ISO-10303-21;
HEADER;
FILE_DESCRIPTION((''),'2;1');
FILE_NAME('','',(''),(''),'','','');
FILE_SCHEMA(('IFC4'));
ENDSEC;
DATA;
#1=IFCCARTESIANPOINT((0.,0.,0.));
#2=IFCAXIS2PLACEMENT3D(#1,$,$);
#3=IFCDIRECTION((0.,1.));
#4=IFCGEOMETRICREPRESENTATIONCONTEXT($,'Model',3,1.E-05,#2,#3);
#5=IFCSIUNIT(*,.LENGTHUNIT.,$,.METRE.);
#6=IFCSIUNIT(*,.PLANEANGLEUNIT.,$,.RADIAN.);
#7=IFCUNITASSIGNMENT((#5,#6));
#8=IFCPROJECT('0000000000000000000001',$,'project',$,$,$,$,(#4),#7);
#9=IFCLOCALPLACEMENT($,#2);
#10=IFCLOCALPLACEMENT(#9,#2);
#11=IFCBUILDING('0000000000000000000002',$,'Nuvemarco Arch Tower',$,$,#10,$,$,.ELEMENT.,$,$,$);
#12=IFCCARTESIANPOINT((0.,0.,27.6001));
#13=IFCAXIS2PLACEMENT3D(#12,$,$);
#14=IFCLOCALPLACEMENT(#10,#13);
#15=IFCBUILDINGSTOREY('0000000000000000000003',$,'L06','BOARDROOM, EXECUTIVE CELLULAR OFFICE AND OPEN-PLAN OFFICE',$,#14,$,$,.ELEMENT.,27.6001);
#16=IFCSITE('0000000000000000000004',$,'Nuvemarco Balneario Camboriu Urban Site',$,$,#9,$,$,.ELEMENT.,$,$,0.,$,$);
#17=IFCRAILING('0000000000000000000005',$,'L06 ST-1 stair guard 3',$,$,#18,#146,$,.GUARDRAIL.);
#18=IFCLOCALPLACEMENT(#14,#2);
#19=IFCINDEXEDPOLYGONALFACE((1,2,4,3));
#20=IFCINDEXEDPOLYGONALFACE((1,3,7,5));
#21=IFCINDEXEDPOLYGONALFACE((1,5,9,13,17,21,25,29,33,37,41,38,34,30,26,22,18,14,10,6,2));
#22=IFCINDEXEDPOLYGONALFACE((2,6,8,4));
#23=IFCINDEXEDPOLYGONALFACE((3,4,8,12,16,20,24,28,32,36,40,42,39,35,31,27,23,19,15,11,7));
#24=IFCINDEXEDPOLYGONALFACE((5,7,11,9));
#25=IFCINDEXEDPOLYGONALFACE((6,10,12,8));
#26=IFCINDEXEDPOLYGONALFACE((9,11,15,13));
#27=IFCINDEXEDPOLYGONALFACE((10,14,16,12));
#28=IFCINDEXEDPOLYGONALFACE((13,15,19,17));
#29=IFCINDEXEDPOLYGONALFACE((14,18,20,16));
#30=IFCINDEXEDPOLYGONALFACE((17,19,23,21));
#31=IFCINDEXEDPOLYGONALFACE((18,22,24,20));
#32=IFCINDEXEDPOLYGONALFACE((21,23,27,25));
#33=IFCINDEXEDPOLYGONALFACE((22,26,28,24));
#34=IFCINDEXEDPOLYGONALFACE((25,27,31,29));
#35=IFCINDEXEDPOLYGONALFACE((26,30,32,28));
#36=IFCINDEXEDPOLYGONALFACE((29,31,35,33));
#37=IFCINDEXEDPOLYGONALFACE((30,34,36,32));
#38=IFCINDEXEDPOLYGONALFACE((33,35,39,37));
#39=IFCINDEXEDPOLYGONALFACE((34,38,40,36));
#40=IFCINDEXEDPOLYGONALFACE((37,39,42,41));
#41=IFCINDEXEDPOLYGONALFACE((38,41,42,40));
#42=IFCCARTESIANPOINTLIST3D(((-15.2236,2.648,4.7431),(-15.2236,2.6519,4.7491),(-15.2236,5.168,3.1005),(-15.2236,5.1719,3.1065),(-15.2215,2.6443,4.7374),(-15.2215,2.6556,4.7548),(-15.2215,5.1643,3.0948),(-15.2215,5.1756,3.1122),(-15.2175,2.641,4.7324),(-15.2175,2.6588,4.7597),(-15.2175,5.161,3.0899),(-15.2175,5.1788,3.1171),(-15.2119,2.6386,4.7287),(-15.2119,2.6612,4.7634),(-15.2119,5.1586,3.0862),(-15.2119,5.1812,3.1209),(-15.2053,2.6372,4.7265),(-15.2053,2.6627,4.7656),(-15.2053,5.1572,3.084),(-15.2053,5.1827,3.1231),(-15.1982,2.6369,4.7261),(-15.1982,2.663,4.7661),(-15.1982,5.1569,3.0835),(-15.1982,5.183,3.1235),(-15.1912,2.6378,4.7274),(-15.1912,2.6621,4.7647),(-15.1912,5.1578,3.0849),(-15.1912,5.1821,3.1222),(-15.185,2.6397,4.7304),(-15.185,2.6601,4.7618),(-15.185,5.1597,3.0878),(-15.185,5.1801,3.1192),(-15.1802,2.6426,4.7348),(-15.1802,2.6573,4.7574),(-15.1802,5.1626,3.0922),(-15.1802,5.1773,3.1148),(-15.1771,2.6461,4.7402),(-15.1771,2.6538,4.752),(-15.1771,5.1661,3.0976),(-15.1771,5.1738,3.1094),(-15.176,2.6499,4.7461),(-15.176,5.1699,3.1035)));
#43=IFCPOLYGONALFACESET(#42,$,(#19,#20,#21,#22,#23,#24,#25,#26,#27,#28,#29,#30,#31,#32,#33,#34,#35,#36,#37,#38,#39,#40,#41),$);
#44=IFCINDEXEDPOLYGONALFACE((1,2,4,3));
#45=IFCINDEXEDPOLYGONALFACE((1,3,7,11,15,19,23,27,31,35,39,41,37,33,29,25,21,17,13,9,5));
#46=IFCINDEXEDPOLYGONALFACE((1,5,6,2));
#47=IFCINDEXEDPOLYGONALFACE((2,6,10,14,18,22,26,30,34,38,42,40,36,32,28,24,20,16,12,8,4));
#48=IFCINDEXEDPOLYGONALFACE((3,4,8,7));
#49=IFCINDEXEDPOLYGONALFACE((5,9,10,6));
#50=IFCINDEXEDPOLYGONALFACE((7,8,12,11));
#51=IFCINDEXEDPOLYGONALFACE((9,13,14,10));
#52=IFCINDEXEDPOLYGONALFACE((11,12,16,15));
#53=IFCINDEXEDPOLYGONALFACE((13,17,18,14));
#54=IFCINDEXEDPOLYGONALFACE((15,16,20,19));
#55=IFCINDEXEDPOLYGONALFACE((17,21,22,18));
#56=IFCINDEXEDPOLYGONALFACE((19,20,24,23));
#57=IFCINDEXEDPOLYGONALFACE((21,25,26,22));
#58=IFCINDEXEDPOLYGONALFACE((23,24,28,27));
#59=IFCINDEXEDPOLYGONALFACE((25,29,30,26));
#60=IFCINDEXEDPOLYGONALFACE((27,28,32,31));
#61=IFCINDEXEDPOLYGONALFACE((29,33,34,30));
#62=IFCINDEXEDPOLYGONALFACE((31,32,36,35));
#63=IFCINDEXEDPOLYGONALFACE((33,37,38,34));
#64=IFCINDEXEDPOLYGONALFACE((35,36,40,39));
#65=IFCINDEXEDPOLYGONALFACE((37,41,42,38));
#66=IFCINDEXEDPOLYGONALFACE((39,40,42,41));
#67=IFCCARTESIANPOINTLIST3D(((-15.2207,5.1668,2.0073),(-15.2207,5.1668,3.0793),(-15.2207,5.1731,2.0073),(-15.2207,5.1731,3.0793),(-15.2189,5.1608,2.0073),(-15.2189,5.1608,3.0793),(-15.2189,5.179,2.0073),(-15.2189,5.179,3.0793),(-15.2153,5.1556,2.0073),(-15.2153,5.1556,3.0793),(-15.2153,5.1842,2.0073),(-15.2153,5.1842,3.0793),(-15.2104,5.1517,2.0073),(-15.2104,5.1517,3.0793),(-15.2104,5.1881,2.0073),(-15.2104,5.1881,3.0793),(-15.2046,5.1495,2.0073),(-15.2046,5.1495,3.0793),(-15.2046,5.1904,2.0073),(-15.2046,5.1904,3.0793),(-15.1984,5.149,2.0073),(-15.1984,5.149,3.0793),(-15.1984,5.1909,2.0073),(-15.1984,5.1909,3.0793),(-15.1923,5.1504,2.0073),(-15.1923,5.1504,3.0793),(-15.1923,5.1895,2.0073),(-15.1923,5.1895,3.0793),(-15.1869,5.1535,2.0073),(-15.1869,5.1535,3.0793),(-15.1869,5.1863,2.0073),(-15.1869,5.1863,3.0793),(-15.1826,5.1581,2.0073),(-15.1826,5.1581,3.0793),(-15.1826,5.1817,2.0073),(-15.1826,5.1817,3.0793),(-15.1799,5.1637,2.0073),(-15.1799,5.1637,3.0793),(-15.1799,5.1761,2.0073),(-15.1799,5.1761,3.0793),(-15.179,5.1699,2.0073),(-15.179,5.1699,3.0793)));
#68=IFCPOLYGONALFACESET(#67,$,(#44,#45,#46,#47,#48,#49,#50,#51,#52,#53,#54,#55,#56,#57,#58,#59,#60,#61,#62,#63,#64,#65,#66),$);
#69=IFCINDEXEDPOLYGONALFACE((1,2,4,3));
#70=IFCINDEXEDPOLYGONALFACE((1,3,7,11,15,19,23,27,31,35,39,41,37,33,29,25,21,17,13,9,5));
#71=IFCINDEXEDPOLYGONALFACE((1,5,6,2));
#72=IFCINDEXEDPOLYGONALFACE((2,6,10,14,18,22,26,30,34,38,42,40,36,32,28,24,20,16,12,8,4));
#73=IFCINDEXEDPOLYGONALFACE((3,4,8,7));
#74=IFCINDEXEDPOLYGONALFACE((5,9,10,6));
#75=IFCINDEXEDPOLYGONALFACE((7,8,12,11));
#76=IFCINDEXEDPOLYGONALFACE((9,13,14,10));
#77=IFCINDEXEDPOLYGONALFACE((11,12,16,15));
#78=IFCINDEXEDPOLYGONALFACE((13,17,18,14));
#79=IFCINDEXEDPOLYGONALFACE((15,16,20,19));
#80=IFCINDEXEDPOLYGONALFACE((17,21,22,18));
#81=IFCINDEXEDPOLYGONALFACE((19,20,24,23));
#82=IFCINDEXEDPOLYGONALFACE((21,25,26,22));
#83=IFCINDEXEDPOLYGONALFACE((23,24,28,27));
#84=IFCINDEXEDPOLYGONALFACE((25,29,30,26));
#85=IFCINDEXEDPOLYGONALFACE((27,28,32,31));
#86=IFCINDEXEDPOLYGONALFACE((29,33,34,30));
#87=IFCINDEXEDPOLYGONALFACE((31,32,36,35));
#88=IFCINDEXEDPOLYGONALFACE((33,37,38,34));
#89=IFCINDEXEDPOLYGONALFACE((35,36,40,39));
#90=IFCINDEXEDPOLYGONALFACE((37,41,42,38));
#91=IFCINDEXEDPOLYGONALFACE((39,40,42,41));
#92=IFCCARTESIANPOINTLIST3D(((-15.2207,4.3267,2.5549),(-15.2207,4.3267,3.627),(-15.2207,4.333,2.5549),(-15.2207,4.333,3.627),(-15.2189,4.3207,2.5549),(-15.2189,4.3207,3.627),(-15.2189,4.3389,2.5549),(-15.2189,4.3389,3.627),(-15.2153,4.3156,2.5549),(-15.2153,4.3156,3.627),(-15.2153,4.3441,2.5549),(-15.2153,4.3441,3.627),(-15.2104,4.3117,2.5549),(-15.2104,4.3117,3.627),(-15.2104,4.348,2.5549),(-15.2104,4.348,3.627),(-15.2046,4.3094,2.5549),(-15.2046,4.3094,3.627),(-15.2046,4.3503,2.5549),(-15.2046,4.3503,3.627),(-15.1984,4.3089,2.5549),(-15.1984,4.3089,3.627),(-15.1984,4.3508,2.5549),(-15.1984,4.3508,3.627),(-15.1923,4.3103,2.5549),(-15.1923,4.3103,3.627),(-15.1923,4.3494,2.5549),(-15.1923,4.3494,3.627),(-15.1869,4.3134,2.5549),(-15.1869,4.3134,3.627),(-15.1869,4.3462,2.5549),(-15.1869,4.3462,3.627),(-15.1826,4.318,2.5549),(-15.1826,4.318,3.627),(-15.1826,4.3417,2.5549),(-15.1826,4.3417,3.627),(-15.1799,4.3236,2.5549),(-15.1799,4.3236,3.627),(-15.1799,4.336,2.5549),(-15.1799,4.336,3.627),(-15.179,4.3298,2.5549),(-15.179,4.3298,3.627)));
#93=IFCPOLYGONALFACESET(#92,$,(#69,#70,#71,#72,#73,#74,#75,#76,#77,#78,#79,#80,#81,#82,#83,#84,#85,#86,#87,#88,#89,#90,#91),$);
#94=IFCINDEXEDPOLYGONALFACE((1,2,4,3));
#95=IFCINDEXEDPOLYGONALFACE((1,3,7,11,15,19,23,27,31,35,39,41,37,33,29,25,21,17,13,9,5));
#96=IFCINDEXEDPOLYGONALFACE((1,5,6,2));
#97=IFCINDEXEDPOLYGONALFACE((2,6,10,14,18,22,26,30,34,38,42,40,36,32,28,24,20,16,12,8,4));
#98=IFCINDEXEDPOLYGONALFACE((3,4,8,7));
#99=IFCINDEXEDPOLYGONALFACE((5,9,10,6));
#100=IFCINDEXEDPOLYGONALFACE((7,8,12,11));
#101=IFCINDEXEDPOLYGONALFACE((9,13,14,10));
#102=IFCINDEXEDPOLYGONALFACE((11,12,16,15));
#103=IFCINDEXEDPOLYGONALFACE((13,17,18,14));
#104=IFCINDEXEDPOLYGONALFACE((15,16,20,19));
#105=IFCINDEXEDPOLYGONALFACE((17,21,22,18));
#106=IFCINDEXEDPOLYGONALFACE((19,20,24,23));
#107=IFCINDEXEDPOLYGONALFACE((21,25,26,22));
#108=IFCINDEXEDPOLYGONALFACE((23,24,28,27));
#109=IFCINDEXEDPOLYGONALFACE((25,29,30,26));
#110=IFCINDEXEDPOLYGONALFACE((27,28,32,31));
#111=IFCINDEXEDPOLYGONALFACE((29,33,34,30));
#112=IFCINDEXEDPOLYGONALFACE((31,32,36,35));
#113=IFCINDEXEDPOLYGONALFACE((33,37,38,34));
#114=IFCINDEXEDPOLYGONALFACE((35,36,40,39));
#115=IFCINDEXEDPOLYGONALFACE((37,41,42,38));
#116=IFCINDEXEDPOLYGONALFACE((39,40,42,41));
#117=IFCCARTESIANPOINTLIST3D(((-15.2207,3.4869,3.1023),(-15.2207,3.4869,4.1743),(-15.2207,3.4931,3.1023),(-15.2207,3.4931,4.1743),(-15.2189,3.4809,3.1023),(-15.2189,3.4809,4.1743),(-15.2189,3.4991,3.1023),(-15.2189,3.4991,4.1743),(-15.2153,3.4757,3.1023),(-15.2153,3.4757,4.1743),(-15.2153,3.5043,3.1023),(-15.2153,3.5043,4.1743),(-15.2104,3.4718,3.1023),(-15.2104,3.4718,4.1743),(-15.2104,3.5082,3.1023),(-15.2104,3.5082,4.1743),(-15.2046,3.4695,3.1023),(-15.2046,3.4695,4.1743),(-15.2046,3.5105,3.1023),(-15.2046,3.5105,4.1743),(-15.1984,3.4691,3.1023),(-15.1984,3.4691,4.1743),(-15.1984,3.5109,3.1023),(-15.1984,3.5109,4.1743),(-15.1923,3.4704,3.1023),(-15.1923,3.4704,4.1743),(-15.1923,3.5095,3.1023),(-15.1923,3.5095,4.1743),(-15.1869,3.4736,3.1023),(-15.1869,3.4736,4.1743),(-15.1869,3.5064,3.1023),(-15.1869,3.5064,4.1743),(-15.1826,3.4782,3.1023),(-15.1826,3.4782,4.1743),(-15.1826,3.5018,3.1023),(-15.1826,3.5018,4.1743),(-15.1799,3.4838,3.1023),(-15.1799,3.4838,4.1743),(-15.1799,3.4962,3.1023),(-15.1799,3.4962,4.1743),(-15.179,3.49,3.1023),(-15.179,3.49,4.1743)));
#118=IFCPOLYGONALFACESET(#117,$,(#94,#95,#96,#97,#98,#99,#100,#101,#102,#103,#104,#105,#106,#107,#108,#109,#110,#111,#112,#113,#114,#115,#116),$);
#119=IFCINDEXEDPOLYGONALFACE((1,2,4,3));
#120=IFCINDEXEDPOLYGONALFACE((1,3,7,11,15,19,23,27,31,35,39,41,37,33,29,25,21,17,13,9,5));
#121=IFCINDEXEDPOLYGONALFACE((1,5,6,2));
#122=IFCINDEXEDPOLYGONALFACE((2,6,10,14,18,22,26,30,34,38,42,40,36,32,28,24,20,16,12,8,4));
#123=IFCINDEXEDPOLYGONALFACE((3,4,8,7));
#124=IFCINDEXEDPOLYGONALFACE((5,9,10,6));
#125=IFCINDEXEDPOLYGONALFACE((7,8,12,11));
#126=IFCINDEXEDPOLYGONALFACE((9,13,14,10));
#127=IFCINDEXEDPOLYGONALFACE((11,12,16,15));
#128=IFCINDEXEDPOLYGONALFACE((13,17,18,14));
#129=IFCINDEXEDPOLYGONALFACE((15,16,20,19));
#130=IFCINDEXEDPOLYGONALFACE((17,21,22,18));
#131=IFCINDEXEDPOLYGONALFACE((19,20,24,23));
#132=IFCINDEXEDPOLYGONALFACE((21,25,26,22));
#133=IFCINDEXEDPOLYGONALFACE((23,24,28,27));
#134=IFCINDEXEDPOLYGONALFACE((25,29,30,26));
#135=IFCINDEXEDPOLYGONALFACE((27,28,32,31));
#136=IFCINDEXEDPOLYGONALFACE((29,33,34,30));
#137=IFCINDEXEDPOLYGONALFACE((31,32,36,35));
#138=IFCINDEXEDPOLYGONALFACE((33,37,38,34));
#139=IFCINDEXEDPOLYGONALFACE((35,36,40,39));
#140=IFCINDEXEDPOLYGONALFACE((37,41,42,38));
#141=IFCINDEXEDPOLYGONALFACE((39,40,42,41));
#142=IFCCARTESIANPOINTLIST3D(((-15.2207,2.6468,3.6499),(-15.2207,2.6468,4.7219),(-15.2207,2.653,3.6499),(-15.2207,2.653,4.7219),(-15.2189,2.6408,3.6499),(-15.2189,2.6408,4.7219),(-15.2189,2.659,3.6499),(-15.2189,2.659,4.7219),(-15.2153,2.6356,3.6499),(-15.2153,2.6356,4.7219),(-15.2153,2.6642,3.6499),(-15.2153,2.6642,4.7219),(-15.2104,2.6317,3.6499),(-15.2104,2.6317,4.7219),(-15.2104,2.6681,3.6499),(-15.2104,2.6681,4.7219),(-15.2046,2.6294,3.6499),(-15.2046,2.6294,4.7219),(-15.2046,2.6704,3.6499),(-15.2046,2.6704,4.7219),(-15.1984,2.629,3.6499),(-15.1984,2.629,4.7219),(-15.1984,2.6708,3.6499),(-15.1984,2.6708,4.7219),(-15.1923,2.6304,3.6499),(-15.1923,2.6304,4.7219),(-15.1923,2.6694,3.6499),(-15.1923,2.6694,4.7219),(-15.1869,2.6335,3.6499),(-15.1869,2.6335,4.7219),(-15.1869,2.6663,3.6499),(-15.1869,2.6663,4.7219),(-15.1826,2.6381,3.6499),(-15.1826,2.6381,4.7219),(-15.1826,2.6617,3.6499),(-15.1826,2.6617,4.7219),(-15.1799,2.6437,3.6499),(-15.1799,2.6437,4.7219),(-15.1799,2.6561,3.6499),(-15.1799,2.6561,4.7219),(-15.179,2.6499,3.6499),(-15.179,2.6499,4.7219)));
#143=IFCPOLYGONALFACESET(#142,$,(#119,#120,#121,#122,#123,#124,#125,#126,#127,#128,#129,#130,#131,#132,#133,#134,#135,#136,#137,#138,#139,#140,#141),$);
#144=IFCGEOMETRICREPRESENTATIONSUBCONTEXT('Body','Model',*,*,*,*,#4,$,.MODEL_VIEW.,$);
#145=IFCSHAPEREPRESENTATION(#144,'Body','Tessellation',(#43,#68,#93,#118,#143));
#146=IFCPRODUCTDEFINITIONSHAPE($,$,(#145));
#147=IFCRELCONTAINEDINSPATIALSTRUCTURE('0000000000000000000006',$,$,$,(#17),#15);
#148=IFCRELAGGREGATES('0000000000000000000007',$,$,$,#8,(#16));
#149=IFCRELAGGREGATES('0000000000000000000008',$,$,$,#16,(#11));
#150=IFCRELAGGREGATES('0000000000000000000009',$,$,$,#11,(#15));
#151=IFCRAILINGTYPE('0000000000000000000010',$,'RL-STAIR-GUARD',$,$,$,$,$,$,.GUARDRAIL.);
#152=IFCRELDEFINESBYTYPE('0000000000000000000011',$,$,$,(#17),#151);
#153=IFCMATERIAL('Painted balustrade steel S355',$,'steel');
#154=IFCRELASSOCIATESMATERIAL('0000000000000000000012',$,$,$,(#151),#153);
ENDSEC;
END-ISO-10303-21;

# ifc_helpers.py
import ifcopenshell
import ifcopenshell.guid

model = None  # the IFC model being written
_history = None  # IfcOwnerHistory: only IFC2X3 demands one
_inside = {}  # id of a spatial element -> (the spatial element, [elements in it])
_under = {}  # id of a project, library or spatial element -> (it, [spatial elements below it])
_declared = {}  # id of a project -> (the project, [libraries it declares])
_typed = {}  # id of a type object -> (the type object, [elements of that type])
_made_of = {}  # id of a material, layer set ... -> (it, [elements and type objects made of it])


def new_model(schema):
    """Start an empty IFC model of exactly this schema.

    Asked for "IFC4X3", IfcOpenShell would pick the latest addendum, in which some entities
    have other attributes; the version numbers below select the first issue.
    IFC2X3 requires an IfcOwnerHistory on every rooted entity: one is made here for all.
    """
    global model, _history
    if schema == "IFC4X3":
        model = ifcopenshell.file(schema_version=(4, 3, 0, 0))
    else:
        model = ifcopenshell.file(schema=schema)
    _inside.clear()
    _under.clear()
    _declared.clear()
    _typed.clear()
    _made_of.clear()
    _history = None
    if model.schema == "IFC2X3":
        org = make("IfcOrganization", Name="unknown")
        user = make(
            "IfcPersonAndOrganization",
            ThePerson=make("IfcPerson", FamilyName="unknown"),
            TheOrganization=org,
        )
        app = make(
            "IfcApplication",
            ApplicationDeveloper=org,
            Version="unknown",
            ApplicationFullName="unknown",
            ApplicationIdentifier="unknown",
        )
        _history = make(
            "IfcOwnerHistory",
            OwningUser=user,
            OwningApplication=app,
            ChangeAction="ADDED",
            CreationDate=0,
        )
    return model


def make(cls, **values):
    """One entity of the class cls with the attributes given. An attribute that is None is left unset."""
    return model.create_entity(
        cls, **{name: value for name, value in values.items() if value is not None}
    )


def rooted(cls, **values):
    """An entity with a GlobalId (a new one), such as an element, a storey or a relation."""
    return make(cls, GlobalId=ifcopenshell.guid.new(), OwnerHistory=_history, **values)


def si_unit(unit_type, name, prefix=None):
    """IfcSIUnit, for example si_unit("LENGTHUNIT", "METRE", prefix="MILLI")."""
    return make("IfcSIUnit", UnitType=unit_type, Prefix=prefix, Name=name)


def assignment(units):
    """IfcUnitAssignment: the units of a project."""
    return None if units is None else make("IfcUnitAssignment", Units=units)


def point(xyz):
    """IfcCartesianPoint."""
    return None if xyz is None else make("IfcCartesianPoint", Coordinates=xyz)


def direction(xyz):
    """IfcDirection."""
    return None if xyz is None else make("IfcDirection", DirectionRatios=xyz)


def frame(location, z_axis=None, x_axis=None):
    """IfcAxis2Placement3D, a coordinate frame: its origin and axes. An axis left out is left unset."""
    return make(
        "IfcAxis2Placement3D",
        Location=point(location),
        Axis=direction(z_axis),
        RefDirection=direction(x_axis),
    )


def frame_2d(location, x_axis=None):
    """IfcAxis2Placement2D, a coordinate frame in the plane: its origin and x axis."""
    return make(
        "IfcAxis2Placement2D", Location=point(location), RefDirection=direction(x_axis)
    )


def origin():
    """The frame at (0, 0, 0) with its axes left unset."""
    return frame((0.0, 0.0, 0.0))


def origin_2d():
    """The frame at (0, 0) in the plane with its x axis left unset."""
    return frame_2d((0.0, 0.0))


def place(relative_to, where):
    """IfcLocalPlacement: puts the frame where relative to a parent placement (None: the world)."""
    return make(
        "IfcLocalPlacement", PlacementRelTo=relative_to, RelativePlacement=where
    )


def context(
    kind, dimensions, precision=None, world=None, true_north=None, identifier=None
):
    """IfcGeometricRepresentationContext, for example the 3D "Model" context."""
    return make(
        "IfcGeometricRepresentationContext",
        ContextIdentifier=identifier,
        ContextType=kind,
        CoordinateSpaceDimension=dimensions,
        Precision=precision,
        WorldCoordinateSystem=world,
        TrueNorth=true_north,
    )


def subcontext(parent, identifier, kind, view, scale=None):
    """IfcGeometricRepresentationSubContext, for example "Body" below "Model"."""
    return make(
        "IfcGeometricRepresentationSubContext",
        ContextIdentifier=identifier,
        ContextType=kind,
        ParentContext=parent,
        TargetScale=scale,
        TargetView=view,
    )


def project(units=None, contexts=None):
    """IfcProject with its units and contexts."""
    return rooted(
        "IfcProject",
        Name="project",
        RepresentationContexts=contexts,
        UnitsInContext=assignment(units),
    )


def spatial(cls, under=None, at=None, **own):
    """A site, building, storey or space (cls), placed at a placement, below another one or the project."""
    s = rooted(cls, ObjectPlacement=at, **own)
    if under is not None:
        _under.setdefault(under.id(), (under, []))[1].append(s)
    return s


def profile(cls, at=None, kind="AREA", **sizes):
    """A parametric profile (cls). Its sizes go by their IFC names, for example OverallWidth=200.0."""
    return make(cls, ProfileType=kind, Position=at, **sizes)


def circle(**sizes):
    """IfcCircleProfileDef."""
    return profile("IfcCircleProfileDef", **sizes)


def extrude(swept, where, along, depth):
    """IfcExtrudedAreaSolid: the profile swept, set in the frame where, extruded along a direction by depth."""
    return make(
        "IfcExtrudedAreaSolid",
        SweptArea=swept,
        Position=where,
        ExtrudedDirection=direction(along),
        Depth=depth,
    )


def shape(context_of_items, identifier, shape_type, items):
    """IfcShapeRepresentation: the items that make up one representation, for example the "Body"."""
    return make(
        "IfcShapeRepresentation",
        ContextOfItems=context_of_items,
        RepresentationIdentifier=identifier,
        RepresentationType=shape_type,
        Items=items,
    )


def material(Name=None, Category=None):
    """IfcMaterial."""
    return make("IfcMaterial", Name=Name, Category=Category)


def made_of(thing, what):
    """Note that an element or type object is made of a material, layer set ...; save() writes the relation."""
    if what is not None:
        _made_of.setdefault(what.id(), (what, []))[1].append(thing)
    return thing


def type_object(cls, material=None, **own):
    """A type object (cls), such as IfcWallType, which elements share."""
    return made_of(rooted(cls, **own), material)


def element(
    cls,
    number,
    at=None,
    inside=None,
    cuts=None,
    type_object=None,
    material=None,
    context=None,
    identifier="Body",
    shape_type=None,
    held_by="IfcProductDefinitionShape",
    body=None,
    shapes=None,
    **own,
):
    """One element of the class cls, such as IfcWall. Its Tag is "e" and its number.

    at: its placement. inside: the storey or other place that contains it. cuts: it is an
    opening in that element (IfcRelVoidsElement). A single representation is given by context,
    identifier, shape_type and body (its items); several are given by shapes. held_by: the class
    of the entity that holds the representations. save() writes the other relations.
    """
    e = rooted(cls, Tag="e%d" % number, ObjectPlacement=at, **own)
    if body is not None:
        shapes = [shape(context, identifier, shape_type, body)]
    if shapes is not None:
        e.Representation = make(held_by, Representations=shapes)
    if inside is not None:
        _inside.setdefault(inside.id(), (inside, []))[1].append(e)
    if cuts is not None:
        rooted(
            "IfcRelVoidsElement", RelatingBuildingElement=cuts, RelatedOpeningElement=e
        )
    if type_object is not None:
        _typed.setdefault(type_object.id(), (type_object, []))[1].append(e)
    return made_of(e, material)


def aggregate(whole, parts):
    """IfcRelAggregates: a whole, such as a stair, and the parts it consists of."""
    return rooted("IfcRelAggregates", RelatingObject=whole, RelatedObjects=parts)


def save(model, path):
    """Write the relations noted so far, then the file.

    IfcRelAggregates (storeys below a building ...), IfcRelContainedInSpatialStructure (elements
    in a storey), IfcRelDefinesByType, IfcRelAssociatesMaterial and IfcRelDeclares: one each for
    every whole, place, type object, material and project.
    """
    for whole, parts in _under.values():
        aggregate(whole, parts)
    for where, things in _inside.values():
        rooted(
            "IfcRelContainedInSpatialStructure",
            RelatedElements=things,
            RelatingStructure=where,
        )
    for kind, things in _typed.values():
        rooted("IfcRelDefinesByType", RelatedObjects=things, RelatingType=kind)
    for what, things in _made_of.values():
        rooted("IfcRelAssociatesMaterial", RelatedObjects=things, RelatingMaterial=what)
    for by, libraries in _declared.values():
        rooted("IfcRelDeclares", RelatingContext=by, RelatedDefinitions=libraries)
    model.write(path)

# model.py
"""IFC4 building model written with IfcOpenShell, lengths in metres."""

from ifc_helpers import new_model, si_unit, direction, frame, origin, origin_2d, place, context, subcontext, project, spatial, circle, extrude, material, type_object, element, save


model = new_model("IFC4")

# Units and contexts
model_context = context("Model", 3, precision=1e-05, world=origin(), true_north=direction((0.0, 1.0)))
body_context = subcontext(model_context, "Body", "Model", "MODEL_VIEW")
ifc_project = project(units=[si_unit("LENGTHUNIT", "METRE"), si_unit("PLANEANGLEUNIT", "RADIAN")], contexts=[model_context])

# Site, building, storey
site_placement = place(None, origin())
site = spatial("IfcSite", under=ifc_project, at=site_placement, Name="Nuvemarco Balneario Camboriu Urban Site", CompositionType="ELEMENT", RefElevation=0.0)
building_placement = place(site_placement, origin())
building = spatial("IfcBuilding", under=site, at=building_placement, Name="Nuvemarco Arch Tower", CompositionType="ELEMENT")
storey_placement = place(building_placement, frame((0.0, 0.0, 27.6001)))
storey = spatial("IfcBuildingStorey", under=building, at=storey_placement, Name="L06", Description="BOARDROOM, EXECUTIVE CELLULAR OFFICE AND OPEN-PLAN OFFICE", CompositionType="ELEMENT", Elevation=27.6001)

# Railing
ifc_material_1 = material(Name="Painted balustrade steel S355", Category="steel")
railing_type_1 = type_object("IfcRailingType", Name="RL-STAIR-GUARD", PredefinedType="GUARDRAIL", material=ifc_material_1)
railing_1_placement = place(storey_placement, frame((-15.2, 5.1699, 2.0073)))
element("IfcRailing", 1, at=railing_1_placement, inside=storey, type_object=railing_type_1, Name="L06 ST-1 stair guard 3", PredefinedType="GUARDRAIL", context=body_context, shape_type="SweptSolid", body=[
    extrude(circle(Radius=0.0239, at=origin_2d()), frame((0.0, 0.0, 1.0962), z_axis=(0.0, -0.837749, 0.546055), x_axis=(1.0, 0.0, 0.0)), (0.0, 0.0, 1.0), 3.0081),
    extrude(circle(Radius=0.021, at=origin_2d()), origin(), (0.0, 0.0, 1.0), 1.072),
    extrude(circle(Radius=0.021, at=origin_2d()), frame((0.0, -0.8401, 0.5476)), (0.0, 0.0, 1.0), 1.072),
    extrude(circle(Radius=0.021, at=origin_2d()), frame((0.0, -1.6799, 1.095)), (0.0, 0.0, 1.0), 1.072),
    extrude(circle(Radius=0.021, at=origin_2d()), frame((0.0, -2.52, 1.6426)), (0.0, 0.0, 1.0), 1.072),
])

save(model, "model.ifc")
